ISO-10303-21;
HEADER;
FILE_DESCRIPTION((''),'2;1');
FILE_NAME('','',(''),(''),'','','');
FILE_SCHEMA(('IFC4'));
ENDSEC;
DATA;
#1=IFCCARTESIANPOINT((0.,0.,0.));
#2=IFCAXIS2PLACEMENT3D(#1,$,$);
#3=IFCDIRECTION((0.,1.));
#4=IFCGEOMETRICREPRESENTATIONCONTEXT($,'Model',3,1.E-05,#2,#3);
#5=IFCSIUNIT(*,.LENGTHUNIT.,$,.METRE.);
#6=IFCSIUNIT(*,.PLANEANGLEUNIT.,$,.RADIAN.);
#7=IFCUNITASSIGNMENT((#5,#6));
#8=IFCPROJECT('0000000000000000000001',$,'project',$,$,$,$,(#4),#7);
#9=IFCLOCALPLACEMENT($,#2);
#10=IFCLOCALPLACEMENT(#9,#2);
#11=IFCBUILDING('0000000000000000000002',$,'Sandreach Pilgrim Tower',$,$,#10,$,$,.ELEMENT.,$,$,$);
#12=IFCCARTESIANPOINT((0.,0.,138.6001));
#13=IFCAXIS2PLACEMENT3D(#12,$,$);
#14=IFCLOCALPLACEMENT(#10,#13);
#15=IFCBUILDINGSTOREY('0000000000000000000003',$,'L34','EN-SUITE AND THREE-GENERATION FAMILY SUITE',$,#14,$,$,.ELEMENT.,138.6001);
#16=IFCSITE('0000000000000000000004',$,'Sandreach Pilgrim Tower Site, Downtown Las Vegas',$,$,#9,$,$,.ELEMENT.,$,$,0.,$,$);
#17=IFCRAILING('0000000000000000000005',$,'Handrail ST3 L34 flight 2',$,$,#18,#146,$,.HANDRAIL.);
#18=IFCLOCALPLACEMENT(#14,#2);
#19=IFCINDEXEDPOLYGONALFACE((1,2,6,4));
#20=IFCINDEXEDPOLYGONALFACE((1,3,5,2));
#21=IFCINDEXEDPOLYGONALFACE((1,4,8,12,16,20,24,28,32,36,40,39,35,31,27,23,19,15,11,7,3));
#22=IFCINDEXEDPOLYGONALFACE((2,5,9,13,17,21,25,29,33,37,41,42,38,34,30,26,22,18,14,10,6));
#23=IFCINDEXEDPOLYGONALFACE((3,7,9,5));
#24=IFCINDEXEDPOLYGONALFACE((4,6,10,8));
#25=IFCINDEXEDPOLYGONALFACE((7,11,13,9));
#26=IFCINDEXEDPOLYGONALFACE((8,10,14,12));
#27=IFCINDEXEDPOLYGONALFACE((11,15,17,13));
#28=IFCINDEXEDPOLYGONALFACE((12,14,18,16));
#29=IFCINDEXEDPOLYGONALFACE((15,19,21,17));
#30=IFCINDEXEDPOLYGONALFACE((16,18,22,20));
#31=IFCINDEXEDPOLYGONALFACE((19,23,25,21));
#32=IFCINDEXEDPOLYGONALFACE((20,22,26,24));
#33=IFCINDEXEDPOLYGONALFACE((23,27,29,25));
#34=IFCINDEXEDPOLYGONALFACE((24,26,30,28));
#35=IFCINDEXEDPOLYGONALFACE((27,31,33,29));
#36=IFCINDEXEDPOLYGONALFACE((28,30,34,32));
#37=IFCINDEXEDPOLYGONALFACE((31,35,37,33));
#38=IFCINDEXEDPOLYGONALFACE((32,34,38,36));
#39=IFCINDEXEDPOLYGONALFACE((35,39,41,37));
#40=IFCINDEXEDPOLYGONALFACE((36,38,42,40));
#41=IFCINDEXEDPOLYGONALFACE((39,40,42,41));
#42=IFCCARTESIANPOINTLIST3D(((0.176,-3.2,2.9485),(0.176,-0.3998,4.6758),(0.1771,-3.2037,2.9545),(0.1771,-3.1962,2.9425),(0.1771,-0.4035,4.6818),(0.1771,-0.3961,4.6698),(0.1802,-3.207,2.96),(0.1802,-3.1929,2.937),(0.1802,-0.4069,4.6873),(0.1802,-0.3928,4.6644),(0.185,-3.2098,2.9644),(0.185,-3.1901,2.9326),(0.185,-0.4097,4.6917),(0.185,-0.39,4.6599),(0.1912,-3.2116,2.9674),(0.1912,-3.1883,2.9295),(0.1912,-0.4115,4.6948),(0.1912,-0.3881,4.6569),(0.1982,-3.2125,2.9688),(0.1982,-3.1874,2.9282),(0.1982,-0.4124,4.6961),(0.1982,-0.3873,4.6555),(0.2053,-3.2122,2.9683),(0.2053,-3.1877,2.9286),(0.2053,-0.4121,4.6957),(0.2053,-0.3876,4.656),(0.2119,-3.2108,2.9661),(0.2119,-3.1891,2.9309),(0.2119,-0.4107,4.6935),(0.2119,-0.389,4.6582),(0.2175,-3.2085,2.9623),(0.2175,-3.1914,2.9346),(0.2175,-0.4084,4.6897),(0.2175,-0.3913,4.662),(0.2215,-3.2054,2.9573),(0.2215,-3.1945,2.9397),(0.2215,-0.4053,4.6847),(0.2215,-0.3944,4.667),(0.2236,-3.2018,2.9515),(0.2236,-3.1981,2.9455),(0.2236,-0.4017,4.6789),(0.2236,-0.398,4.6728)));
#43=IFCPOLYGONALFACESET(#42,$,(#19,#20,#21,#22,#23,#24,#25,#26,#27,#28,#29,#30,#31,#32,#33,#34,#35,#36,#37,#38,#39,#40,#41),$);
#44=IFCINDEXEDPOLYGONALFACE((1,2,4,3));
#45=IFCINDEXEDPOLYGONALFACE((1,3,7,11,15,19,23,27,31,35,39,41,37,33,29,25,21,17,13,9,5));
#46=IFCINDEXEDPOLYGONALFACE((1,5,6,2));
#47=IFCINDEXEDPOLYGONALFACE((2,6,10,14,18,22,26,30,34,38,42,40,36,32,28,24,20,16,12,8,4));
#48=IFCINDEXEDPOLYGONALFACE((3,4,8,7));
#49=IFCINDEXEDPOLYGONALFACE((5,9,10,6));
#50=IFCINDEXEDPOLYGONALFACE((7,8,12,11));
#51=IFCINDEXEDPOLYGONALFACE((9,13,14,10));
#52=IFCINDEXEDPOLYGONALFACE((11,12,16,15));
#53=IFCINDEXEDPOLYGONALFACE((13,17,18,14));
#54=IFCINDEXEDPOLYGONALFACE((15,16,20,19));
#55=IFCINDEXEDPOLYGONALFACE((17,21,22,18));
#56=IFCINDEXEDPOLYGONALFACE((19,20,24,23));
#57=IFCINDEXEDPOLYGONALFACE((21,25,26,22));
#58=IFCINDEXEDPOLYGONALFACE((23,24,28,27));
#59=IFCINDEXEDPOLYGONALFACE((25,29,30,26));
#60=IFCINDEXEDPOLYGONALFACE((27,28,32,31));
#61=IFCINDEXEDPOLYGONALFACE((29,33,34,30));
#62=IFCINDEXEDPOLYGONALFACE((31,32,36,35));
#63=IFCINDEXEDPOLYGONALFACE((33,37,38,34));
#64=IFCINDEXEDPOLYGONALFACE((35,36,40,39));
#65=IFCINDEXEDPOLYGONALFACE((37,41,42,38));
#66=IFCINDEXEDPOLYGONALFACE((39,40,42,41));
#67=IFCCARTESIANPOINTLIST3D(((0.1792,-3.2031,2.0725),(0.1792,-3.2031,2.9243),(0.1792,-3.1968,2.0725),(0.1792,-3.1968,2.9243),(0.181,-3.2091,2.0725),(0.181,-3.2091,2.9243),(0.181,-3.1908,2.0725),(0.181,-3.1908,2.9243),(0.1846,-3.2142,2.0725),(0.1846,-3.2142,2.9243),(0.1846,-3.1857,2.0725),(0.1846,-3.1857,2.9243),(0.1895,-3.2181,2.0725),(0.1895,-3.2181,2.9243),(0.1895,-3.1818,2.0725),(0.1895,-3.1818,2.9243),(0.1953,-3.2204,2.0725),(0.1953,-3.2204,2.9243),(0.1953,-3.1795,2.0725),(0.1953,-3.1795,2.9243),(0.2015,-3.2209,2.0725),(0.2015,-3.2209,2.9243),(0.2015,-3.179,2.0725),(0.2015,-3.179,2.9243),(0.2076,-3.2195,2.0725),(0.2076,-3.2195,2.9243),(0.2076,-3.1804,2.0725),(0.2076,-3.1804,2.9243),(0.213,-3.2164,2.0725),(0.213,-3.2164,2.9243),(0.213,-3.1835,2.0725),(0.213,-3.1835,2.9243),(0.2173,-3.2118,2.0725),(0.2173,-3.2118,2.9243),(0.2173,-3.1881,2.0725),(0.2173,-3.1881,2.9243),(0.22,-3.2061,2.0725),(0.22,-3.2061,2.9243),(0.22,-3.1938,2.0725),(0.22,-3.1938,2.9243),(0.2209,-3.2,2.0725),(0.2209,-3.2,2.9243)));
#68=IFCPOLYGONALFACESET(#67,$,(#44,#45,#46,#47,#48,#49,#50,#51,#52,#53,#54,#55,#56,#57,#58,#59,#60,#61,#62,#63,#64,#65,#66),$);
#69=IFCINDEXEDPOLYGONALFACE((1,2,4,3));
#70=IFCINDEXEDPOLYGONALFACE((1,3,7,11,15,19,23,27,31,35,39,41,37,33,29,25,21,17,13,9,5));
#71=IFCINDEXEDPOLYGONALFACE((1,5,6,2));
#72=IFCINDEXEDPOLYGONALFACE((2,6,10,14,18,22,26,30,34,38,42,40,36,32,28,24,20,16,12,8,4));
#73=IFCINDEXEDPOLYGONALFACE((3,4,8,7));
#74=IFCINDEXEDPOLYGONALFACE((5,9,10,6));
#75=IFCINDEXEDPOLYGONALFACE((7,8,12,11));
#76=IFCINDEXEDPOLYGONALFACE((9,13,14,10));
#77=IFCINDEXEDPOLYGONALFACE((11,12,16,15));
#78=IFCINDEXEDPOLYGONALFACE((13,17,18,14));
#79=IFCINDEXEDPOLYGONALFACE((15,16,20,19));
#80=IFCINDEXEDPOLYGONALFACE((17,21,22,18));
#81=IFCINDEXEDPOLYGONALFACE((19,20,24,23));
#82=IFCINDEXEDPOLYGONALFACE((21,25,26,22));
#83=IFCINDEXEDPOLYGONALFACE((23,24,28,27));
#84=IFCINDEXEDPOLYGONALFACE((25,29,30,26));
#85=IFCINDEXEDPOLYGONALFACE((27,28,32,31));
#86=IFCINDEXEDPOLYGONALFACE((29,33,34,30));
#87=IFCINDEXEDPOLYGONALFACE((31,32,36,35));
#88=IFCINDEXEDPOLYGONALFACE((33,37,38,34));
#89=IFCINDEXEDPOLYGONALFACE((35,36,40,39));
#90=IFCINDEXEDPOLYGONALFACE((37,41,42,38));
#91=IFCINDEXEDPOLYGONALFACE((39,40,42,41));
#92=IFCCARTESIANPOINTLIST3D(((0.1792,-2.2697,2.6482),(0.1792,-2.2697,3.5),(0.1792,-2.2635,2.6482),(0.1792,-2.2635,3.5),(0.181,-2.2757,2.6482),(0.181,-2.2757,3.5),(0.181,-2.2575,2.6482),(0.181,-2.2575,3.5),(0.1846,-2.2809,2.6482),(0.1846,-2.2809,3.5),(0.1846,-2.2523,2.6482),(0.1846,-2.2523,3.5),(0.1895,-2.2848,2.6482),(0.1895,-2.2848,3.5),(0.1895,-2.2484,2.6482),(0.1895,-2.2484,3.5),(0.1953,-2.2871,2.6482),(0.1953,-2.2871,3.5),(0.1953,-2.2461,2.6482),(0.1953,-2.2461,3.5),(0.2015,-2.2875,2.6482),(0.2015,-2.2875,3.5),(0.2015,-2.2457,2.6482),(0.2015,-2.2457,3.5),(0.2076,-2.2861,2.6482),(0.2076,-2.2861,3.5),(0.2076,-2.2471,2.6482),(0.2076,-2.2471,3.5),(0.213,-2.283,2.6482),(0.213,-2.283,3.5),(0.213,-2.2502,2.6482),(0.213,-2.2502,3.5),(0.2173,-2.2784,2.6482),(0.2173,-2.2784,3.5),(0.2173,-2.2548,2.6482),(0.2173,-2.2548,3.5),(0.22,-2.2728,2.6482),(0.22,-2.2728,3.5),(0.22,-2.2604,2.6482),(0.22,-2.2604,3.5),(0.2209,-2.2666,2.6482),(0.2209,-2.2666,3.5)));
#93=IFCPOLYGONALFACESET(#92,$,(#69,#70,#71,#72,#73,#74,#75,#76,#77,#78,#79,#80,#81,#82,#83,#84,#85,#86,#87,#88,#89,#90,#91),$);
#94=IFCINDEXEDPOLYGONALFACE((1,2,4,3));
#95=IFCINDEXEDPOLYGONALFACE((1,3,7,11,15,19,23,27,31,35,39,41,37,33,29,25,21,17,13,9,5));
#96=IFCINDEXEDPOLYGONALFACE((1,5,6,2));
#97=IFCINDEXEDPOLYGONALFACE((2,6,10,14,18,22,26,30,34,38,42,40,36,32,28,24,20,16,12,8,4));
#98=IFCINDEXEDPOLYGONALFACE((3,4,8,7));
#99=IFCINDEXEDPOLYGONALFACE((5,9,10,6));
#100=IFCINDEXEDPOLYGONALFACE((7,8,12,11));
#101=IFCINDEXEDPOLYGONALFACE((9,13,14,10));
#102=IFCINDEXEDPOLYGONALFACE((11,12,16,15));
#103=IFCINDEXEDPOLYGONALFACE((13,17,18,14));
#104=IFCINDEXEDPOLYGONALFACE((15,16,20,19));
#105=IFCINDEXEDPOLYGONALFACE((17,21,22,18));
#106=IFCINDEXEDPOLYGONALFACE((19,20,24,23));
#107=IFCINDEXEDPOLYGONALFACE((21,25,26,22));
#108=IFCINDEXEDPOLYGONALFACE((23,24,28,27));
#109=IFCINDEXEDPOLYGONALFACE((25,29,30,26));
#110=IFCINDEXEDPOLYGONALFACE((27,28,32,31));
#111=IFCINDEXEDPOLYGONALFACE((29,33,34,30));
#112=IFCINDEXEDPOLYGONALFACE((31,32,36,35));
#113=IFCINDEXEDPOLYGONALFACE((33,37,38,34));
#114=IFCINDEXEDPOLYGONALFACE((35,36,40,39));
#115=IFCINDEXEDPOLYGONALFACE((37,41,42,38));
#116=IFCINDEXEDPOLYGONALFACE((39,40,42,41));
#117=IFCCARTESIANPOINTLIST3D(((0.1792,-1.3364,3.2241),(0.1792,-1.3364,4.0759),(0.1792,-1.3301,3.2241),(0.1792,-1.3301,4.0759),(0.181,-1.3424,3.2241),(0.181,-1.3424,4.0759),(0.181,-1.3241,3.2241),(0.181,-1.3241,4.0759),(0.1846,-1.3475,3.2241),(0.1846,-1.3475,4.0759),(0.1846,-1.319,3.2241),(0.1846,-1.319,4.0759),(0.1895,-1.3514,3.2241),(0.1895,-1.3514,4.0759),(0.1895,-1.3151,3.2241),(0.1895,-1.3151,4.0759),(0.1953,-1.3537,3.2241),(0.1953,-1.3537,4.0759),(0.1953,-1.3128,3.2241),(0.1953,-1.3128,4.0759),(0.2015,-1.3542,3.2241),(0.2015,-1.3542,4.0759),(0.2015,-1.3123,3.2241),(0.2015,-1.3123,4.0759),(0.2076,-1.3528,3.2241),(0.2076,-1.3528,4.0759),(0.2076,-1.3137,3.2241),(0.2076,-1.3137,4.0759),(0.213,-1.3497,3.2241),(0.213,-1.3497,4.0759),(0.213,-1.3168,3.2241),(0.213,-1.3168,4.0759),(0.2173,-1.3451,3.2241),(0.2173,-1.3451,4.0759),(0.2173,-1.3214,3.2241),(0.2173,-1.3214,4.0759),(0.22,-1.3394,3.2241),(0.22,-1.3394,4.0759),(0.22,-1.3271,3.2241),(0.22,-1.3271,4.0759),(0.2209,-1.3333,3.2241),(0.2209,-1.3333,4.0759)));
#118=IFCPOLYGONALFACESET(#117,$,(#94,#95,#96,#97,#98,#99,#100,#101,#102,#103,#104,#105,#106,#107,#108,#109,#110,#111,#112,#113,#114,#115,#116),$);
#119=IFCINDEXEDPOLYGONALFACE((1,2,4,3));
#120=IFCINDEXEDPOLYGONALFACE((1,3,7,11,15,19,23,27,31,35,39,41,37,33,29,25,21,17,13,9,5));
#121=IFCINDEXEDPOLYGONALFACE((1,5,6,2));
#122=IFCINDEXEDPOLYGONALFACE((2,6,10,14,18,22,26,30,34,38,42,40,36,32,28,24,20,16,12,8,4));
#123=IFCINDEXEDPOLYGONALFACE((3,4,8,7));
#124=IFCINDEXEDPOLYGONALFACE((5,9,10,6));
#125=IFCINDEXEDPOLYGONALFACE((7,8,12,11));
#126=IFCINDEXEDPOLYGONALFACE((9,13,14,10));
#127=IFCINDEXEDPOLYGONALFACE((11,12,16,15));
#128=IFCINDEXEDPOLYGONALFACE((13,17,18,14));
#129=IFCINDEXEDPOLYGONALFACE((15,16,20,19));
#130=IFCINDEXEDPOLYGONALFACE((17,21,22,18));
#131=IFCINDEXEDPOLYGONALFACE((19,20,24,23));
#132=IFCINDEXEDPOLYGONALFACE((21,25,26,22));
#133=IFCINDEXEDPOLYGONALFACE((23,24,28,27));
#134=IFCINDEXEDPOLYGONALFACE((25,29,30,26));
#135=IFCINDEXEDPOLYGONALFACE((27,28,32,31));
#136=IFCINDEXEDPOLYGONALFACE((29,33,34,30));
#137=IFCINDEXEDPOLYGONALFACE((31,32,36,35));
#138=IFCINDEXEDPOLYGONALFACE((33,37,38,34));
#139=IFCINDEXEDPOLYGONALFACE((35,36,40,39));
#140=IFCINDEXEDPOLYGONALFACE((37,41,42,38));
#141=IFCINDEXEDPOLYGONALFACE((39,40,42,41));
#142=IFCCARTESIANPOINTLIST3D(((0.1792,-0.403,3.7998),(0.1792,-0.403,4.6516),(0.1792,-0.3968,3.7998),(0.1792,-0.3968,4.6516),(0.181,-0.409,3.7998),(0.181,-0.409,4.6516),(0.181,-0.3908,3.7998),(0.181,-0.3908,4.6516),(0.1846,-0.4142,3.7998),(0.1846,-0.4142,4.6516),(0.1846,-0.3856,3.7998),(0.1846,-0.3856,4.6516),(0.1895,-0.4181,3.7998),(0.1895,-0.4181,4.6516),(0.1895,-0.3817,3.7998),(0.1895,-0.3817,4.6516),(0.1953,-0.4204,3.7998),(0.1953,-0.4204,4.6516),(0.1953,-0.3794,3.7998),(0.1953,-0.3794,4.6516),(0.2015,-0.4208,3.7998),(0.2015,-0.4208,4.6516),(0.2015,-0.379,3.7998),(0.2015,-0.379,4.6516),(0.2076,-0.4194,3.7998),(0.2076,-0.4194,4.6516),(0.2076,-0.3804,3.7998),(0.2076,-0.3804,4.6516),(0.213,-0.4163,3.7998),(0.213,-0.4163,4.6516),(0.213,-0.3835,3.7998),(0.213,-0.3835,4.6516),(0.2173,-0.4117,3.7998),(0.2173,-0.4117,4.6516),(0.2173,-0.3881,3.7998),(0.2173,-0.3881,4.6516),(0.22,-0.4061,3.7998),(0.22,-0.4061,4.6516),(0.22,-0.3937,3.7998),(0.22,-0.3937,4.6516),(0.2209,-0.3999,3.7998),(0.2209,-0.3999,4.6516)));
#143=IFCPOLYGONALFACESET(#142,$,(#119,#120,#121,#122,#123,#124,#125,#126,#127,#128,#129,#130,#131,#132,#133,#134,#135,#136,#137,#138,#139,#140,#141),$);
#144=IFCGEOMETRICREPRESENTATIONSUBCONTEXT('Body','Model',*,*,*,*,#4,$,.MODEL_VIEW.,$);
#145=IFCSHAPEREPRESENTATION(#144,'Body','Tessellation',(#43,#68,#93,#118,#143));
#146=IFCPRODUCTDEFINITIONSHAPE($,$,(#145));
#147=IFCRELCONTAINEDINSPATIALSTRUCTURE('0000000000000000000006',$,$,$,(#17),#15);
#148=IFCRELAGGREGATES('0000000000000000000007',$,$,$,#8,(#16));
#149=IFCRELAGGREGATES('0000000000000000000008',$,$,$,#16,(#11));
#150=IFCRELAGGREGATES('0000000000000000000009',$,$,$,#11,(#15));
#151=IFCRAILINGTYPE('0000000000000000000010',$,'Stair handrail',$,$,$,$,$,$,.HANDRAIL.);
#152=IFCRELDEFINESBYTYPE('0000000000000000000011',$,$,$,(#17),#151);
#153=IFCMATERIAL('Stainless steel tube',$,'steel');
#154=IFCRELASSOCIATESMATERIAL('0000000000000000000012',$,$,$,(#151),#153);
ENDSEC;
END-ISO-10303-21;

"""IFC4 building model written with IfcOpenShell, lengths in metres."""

from ifc_helpers import new_model, si_unit, direction, frame, origin, origin_2d, place, context, subcontext, project, spatial, circle, extrude, material, type_object, element, save


model = new_model("IFC4")

# Units and contexts
model_context = context("Model", 3, precision=1e-05, world=origin(), true_north=direction((0.0, 1.0)))
body_context = subcontext(model_context, "Body", "Model", "MODEL_VIEW")
ifc_project = project(units=[si_unit("LENGTHUNIT", "METRE"), si_unit("PLANEANGLEUNIT", "RADIAN")], contexts=[model_context])

# Site, building, storey
site_placement = place(None, origin())
site = spatial("IfcSite", under=ifc_project, at=site_placement, Name="Sandreach Pilgrim Tower Site, Downtown Las Vegas", CompositionType="ELEMENT", RefElevation=0.0)
building_placement = place(site_placement, origin())
building = spatial("IfcBuilding", under=site, at=building_placement, Name="Sandreach Pilgrim Tower", CompositionType="ELEMENT")
storey_placement = place(building_placement, frame((0.0, 0.0, 138.6001)))
storey = spatial("IfcBuildingStorey", under=building, at=storey_placement, Name="L34", Description="EN-SUITE AND THREE-GENERATION FAMILY SUITE", CompositionType="ELEMENT", Elevation=138.6001)

# Railing
ifc_material_1 = material(Name="Stainless steel tube", Category="steel")
railing_type = type_object("IfcRailingType", Name="Stair handrail", PredefinedType="HANDRAIL", material=ifc_material_1)
for number, where, name in (
    (1, (0.2, -3.2, 2.0725), "Handrail ST3 L34 flight 2"),
):
    element("IfcRailing", number, at=place(storey_placement, frame(where)), inside=storey, type_object=railing_type, Name=name, PredefinedType="HANDRAIL", context=body_context, shape_type="SweptSolid", body=[
        extrude(circle(Radius=0.0239, at=origin_2d()), frame((0.0, 0.0, 0.876), z_axis=(0.0, 0.85109, 0.52502), x_axis=(-1.0, 0.0, 0.0)), (0.0, 0.0, 1.0), 3.29),
        extrude(circle(Radius=0.021, at=origin_2d()), origin(), (0.0, 0.0, 1.0), 0.8518),
        extrude(circle(Radius=0.021, at=origin_2d()), frame((0.0, 0.9333, 0.5757)), (0.0, 0.0, 1.0), 0.8518),
        extrude(circle(Radius=0.021, at=origin_2d()), frame((0.0, 1.8667, 1.1516)), (0.0, 0.0, 1.0), 0.8518),
        extrude(circle(Radius=0.021, at=origin_2d()), frame((0.0, 2.8, 1.7273)), (0.0, 0.0, 1.0), 0.8518),
    ])

save(model, "model.ifc")
